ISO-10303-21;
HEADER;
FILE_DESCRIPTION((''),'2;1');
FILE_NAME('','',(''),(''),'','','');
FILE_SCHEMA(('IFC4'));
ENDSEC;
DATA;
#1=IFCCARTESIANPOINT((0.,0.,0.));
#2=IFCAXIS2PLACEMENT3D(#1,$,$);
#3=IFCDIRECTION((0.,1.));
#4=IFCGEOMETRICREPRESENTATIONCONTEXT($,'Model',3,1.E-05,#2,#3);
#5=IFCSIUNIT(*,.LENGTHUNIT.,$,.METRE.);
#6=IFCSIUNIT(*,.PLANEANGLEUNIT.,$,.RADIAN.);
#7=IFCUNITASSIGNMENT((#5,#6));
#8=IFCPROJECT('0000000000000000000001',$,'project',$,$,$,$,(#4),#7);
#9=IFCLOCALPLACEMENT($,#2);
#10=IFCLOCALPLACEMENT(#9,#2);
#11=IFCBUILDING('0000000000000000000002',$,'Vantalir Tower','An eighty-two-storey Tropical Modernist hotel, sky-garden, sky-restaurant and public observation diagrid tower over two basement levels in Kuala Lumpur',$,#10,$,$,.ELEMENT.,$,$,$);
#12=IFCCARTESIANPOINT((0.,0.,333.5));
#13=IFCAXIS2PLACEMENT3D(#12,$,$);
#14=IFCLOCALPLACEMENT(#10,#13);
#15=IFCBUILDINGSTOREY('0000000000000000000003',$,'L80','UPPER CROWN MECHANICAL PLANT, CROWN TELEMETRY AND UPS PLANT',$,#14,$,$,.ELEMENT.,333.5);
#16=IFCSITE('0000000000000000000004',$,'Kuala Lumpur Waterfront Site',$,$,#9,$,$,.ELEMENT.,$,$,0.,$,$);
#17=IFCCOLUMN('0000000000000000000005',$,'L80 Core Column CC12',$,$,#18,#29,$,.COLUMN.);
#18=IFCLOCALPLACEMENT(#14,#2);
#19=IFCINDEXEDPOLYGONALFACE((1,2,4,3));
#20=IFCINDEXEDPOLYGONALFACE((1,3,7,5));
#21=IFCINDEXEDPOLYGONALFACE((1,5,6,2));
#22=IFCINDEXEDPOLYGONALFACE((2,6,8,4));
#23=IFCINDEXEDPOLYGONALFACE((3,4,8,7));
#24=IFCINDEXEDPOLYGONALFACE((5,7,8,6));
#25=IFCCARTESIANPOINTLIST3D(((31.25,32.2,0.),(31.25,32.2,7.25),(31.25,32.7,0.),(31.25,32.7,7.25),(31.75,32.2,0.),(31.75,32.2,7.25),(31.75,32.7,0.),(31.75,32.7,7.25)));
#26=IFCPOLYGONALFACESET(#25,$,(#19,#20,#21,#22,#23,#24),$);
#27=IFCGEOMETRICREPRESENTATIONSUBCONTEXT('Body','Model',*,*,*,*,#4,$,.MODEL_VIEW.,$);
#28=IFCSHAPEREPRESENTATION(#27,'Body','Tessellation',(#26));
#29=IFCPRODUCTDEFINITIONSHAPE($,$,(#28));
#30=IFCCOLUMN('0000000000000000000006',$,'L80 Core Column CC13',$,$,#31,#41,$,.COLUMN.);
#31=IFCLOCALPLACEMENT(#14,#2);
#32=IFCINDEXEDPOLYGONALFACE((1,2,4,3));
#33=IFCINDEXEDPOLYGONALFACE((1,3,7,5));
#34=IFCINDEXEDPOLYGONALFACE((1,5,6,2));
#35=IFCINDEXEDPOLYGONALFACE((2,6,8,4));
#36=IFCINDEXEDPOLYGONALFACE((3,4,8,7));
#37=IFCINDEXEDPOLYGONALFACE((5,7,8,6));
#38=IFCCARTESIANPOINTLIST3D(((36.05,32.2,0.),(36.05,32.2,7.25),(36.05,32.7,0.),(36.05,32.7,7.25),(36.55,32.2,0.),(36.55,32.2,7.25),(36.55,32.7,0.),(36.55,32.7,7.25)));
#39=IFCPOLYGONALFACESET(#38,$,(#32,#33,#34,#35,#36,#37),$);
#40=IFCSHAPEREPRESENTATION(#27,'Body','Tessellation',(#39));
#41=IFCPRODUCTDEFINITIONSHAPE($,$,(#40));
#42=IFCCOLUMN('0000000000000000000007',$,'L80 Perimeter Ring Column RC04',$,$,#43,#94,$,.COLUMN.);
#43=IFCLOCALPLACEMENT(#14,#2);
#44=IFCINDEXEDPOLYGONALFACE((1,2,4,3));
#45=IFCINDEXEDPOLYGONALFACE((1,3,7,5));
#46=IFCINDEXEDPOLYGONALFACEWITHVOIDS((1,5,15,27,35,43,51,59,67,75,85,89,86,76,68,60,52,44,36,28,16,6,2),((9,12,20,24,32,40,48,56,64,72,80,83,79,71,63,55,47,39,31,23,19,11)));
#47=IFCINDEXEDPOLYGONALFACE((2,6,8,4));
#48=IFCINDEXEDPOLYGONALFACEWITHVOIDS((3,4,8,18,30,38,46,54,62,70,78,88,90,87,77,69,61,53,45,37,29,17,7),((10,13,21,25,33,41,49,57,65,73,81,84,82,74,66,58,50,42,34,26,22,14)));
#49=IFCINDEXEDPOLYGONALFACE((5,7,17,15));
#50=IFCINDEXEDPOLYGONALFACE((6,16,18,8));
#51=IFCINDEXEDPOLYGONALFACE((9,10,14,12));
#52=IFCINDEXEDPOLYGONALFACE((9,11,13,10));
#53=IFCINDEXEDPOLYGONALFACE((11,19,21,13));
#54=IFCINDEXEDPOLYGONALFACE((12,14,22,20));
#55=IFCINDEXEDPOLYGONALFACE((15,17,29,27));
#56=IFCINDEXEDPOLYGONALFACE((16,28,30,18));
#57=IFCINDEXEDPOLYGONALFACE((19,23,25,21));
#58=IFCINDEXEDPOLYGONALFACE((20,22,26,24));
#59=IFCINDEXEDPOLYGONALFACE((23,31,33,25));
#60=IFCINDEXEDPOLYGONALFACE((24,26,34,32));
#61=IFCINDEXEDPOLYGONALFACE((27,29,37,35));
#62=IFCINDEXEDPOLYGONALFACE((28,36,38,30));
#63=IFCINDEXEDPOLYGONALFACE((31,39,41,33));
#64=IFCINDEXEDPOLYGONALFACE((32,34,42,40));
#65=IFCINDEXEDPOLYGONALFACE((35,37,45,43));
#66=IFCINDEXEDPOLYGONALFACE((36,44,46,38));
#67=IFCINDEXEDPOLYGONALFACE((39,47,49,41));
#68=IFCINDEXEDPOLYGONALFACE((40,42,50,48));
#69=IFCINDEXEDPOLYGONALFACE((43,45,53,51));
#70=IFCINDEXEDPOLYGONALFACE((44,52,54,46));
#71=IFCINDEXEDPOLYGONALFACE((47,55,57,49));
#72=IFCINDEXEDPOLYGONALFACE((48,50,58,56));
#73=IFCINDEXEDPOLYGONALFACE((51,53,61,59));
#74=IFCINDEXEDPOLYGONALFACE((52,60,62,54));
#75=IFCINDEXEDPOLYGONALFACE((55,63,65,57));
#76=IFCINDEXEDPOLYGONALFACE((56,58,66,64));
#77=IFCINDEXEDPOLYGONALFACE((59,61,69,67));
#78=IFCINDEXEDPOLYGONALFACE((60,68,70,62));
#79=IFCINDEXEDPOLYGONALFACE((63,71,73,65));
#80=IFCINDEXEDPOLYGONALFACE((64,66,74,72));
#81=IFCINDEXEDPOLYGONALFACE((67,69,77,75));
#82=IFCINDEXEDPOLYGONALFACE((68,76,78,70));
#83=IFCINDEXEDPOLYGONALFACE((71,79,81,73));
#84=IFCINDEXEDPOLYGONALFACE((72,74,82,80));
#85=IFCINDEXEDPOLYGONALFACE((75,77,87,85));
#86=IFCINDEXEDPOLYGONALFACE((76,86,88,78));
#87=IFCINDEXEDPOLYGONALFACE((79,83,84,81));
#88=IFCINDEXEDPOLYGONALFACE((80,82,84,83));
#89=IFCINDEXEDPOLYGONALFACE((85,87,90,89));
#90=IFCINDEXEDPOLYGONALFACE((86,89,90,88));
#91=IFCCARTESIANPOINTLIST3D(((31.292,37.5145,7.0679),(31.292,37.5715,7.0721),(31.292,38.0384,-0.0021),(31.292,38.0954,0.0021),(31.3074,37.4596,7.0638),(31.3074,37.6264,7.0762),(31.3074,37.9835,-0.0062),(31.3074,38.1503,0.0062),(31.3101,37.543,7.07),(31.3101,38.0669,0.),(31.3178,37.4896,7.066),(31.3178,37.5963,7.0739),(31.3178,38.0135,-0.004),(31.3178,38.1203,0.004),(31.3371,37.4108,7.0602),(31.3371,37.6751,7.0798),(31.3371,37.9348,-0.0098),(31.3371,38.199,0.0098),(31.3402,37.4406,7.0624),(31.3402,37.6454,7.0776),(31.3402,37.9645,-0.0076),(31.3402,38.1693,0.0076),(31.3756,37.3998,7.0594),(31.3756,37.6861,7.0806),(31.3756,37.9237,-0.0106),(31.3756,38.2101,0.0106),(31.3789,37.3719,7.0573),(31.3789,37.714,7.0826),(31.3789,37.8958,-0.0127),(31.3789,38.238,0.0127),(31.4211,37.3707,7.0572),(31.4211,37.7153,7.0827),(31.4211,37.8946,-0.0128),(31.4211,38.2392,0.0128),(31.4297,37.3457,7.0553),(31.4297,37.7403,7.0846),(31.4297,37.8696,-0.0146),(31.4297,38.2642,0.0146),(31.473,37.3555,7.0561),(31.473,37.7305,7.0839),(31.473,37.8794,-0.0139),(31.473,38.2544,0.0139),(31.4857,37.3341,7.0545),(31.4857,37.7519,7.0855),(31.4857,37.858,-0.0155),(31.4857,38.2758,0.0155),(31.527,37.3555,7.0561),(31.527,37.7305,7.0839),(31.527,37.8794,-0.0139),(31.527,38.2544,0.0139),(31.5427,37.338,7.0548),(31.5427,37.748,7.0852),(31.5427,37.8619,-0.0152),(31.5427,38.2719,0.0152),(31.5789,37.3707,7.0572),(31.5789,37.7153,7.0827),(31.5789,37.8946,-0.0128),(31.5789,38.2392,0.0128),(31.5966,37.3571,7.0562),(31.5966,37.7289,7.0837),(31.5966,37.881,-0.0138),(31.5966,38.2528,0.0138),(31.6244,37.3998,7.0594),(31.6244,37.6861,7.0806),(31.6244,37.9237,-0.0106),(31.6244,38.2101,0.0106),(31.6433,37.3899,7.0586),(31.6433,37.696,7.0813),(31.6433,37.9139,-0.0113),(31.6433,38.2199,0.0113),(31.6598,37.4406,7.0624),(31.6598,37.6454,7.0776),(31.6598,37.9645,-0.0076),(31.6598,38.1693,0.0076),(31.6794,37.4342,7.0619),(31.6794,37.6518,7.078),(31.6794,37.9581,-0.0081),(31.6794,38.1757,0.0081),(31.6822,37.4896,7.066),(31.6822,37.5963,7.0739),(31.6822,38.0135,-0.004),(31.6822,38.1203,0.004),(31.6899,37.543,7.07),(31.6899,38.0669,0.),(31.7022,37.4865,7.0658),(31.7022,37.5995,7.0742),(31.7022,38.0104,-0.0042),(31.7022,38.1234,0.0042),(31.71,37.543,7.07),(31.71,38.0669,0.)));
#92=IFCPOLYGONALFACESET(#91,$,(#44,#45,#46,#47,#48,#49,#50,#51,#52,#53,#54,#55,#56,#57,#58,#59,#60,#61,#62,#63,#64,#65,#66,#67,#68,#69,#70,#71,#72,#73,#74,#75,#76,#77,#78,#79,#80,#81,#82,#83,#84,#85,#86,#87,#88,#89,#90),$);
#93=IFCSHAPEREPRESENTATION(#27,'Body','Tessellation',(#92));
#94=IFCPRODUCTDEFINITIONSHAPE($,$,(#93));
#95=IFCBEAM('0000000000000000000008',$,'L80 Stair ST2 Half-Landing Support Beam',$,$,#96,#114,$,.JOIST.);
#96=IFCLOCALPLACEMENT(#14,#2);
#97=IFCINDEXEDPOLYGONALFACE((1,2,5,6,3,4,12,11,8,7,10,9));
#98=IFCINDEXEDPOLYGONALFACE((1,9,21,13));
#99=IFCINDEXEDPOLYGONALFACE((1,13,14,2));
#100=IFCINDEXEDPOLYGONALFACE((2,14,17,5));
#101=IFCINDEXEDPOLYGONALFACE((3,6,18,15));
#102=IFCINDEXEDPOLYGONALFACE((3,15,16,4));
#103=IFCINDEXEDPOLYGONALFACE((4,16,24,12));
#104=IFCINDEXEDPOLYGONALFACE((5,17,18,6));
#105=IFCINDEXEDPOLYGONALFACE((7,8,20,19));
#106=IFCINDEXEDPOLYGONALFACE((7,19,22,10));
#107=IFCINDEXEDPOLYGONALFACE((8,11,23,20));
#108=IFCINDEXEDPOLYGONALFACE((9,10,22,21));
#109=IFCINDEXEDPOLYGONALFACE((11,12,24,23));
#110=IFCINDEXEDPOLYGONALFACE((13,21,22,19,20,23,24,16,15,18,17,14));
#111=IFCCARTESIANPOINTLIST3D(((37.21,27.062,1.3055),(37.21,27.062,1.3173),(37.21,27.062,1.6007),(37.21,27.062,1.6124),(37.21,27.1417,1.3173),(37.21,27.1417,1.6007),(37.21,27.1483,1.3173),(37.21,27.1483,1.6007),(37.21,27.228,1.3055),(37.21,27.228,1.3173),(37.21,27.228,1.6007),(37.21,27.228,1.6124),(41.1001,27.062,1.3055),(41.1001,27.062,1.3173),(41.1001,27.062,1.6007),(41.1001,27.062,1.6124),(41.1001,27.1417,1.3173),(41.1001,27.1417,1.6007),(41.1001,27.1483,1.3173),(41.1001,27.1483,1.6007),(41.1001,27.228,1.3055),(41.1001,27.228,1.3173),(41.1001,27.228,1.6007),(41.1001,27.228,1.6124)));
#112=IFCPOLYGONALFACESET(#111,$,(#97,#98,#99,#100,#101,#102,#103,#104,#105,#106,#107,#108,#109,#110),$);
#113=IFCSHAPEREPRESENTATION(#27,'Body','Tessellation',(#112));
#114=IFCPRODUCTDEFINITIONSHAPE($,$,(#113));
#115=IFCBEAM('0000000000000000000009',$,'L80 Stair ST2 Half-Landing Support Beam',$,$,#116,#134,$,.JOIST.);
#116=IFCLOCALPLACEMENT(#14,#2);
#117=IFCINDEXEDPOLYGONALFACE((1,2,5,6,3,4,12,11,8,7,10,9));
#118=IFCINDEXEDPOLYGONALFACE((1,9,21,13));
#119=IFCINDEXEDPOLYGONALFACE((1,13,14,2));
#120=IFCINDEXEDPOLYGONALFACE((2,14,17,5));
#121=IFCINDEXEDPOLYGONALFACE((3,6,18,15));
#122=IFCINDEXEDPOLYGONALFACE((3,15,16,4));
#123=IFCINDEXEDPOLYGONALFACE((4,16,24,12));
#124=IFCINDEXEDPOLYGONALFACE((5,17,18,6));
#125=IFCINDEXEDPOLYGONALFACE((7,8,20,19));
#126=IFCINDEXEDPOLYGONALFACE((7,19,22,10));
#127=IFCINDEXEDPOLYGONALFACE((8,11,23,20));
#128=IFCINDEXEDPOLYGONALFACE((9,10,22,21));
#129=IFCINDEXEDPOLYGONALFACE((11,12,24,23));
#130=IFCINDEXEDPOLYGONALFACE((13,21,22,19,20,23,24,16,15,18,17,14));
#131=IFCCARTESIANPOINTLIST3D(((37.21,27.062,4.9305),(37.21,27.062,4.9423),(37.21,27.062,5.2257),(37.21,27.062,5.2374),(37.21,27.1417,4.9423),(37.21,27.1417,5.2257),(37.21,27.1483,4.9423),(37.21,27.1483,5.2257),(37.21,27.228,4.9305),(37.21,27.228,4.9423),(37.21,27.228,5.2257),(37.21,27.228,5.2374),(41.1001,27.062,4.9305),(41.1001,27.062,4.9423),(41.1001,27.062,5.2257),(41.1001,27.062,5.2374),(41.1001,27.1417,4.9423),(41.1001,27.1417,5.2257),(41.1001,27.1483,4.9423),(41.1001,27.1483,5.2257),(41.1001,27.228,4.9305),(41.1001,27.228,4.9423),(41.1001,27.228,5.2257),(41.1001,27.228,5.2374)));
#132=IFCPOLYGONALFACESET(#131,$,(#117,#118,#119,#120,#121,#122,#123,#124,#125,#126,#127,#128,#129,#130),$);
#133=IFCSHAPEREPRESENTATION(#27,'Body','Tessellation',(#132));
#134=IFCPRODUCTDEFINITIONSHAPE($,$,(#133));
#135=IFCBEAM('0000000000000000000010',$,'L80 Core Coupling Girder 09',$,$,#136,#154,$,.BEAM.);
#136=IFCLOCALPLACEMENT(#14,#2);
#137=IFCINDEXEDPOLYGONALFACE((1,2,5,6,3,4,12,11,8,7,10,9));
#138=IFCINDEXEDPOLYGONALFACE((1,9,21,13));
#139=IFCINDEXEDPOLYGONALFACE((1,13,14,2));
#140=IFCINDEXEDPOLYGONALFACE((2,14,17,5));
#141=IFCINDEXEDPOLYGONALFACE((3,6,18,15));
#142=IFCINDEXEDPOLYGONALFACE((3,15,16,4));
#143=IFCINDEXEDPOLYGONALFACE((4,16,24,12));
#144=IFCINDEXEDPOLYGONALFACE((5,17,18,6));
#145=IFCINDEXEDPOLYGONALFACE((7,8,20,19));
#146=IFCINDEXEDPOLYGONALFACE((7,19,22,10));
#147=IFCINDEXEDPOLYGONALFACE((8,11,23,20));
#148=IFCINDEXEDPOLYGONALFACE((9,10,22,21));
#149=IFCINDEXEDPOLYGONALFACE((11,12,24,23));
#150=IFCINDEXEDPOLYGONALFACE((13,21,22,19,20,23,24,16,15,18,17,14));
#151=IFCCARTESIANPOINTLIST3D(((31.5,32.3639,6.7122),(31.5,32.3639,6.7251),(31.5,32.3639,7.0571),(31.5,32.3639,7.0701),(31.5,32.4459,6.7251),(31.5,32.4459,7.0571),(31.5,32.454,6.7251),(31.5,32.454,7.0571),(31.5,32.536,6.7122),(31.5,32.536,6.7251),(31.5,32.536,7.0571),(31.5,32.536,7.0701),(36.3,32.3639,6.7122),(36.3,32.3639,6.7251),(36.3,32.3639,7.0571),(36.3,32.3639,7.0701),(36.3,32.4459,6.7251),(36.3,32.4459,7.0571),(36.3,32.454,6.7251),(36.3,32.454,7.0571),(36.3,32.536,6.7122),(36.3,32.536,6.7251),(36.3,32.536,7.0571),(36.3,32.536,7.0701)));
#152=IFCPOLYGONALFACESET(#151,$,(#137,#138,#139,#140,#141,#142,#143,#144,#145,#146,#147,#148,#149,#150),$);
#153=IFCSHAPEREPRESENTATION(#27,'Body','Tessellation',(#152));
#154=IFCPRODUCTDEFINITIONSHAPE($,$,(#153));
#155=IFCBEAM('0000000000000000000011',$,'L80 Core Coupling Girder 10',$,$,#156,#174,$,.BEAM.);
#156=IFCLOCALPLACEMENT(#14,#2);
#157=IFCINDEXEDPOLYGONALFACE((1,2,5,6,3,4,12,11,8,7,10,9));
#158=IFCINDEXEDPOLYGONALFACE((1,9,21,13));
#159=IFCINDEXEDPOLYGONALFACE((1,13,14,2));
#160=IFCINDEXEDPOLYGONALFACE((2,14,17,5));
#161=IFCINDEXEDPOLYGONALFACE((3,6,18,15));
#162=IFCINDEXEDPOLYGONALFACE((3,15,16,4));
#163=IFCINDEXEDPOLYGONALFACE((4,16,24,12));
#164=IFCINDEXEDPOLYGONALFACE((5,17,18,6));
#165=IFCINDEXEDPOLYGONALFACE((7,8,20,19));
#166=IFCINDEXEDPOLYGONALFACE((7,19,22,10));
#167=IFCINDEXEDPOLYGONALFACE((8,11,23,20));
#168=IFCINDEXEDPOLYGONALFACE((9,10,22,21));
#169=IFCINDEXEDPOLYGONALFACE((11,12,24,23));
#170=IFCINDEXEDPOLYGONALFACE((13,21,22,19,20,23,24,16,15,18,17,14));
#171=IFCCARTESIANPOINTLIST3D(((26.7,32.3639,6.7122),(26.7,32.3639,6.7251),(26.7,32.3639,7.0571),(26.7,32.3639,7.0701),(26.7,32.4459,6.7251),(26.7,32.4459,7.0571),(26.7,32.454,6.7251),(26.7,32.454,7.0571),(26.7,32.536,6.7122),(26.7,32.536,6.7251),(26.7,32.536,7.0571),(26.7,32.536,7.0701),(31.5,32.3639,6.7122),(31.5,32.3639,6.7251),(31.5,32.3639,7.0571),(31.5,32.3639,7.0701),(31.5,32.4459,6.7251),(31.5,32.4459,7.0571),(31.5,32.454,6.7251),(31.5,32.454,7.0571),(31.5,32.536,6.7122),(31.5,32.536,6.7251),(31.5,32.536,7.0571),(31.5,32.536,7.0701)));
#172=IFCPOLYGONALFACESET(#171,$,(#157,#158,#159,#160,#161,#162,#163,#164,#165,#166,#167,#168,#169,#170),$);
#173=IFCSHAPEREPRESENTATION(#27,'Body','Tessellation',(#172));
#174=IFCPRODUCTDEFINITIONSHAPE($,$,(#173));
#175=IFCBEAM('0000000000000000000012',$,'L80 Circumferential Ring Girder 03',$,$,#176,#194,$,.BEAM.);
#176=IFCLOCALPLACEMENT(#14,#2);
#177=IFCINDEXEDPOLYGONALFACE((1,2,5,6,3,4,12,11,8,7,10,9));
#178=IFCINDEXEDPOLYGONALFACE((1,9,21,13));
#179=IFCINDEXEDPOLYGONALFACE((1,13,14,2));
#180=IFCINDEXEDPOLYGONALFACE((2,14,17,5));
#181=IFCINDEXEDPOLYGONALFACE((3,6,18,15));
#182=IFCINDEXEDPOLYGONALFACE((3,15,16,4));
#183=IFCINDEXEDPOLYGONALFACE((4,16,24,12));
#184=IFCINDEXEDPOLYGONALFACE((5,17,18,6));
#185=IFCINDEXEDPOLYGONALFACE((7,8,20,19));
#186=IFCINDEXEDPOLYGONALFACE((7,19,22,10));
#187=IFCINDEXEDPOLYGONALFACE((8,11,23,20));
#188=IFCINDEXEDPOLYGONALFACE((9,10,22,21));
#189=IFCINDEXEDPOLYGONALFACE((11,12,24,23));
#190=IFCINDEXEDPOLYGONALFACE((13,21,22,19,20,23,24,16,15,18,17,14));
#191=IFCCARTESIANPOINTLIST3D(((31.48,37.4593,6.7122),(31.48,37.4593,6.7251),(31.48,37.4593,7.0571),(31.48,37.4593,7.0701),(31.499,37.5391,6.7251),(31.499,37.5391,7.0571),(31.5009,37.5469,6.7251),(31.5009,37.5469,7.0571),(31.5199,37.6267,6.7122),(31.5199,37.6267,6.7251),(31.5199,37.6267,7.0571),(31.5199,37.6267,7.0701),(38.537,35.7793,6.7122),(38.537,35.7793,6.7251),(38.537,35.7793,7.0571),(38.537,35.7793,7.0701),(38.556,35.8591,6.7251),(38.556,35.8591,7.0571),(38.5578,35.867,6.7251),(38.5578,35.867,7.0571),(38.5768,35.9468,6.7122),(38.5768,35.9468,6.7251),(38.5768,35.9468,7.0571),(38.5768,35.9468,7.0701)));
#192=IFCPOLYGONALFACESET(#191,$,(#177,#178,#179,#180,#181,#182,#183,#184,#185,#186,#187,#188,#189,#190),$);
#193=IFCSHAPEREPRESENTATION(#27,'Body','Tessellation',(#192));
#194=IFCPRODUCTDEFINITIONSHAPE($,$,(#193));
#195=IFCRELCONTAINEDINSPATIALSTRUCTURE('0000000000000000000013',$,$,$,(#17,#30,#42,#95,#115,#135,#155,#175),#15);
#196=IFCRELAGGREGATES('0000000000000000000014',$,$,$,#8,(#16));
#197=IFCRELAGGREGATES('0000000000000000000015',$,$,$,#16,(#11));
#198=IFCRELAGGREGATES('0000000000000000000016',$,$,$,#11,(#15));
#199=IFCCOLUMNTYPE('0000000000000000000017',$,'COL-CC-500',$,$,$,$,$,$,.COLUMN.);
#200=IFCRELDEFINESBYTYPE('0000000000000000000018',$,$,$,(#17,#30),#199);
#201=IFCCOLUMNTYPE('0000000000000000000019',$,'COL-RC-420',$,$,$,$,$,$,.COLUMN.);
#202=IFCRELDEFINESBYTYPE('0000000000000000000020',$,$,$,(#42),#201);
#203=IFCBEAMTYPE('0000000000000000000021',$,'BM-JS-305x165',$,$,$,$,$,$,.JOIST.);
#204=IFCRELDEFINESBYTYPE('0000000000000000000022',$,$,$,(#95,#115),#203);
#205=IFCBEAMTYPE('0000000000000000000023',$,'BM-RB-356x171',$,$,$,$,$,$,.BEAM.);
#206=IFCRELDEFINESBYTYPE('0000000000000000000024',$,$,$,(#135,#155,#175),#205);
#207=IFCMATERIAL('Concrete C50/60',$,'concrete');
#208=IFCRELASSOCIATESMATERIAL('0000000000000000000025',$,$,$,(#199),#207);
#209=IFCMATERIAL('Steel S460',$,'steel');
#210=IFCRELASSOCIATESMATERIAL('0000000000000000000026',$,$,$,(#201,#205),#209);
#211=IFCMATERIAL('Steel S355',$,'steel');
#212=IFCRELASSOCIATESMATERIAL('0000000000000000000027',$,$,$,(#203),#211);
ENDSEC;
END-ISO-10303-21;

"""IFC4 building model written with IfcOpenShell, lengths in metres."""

from ifc_helpers import new_model, si_unit, direction, frame, origin, origin_2d, place, context, subcontext, project, spatial, rectangle, hollow_circle, i_section, extrude, material, material_profile, profile_set, type_object, element, save


model = new_model("IFC4")

# Units and contexts
model_context = context("Model", 3, precision=1e-05, world=origin(), true_north=direction((0.0, 1.0)))
body_context = subcontext(model_context, "Body", "Model", "MODEL_VIEW")
ifc_project = project(units=[si_unit("LENGTHUNIT", "METRE"), si_unit("PLANEANGLEUNIT", "RADIAN")], contexts=[model_context])

# Site, building, storey
site_placement = place(None, origin())
site = spatial("IfcSite", under=ifc_project, at=site_placement, Name="Kuala Lumpur Waterfront Site", CompositionType="ELEMENT", RefElevation=0.0)
building_placement = place(site_placement, origin())
building = spatial("IfcBuilding", under=site, at=building_placement, Name="Vantalir Tower", Description="An eighty-two-storey Tropical Modernist hotel, sky-garden, sky-restaurant and public observation diagrid tower over two basement levels in Kuala Lumpur", CompositionType="ELEMENT")
storey_placement = place(building_placement, frame((0.0, 0.0, 333.5)))
storey = spatial("IfcBuildingStorey", under=building, at=storey_placement, Name="L80", Description="UPPER CROWN MECHANICAL PLANT, CROWN TELEMETRY AND UPS PLANT", CompositionType="ELEMENT", Elevation=333.5)

# Columns
ifc_material_1 = material(Name="Concrete C50/60", Category="concrete")
ifc_material_profile_1 = material_profile(ifc_material_1, rectangle(XDim=0.5, YDim=0.5, at=origin_2d()), Name="Concrete C50/60")
ifc_profile_set_1 = profile_set([ifc_material_profile_1], Name="Concrete C50/60")
column_type_1 = type_object("IfcColumnType", Name="COL-CC-500", PredefinedType="COLUMN", material=ifc_profile_set_1)
for number, where, z_axis, x_axis, name in (
    (1, (31.5, 32.45, 0.0), (0.0, 0.0, 1.0), (1.0, 0.0, 0.0), "L80 Core Column CC12"),
    (2, (36.3, 32.45, 0.0), (0.0, 0.0, 1.0), (1.0, 0.0, 0.0), "L80 Core Column CC13"),
):
    element("IfcColumn", number, at=place(storey_placement, frame(where, z_axis=z_axis, x_axis=x_axis)), inside=storey, type_object=column_type_1, Name=name, PredefinedType="COLUMN", context=body_context, shape_type="SweptSolid", body=[
        extrude(rectangle(XDim=0.5, YDim=0.5, at=origin_2d()), origin(), (0.0, 0.0, 1.0), 7.25),
    ])
ifc_material_2 = material(Name="Steel S460", Category="steel")
ifc_material_profile_2 = material_profile(ifc_material_2, hollow_circle(Radius=0.21, WallThickness=0.02, at=origin_2d()), Name="Steel S460")
ifc_profile_set_2 = profile_set([ifc_material_profile_2], Name="Steel S460")
column_type_2 = type_object("IfcColumnType", Name="COL-RC-420", PredefinedType="COLUMN", material=ifc_profile_set_2)
column_placement = place(storey_placement, frame((31.5, 38.0669, 0.0), z_axis=(0.0, -0.073902, 0.997265), x_axis=(1.0, 0.0, 0.0)))
element("IfcColumn", 3, at=column_placement, inside=storey, type_object=column_type_2, Name="L80 Perimeter Ring Column RC04", PredefinedType="COLUMN", context=body_context, shape_type="SweptSolid", body=[
    extrude(hollow_circle(Radius=0.21, WallThickness=0.02, at=origin_2d()), origin(), (0.0, 0.0, 1.0), 7.0894),
])

# Beams
ifc_material_3 = material(Name="Steel S355", Category="steel")
ifc_material_profile_3 = material_profile(ifc_material_3, i_section(OverallWidth=0.166, OverallDepth=0.3069, WebThickness=0.0066, FlangeThickness=0.0117, at=origin_2d()), Name="Steel S355")
ifc_profile_set_3 = profile_set([ifc_material_profile_3], Name="Steel S355")
beam_type_1 = type_object("IfcBeamType", Name="BM-JS-305x165", PredefinedType="JOIST", material=ifc_profile_set_3)
for number, where, z_axis, x_axis, name in (
    (4, (37.21, 27.145, 1.459), (1.0, 0.0, 0.0), (0.0, 1.0, 0.0), "L80 Stair ST2 Half-Landing Support Beam"),
    (5, (37.21, 27.145, 5.084), (1.0, 0.0, 0.0), (0.0, 1.0, 0.0), "L80 Stair ST2 Half-Landing Support Beam"),
):
    element("IfcBeam", number, at=place(storey_placement, frame(where, z_axis=z_axis, x_axis=x_axis)), inside=storey, type_object=beam_type_1, Name=name, PredefinedType="JOIST", context=body_context, shape_type="SweptSolid", body=[
        extrude(i_section(OverallWidth=0.166, OverallDepth=0.3069, WebThickness=0.0066, FlangeThickness=0.0117, at=origin_2d()), origin(), (0.0, 0.0, 1.0), 3.8901),
    ])
ifc_material_profile_4 = material_profile(ifc_material_2, i_section(OverallWidth=0.1721, OverallDepth=0.3579, WebThickness=0.0081, FlangeThickness=0.0129, at=origin_2d()), Name="Steel S460")
ifc_profile_set_4 = profile_set([ifc_material_profile_4], Name="Steel S460")
beam_type_2 = type_object("IfcBeamType", Name="BM-RB-356x171", PredefinedType="BEAM", material=ifc_profile_set_4)
for number, where, z_axis, x_axis, name in (
    (6, (36.3, 32.45, 6.8911), (-1.0, 0.0, 0.0), (0.0, -1.0, 0.0), "L80 Core Coupling Girder 09"),
    (7, (31.5, 32.45, 6.8911), (-1.0, 0.0, 0.0), (0.0, -1.0, 0.0), "L80 Core Coupling Girder 10"),
):
    element("IfcBeam", number, at=place(storey_placement, frame(where, z_axis=z_axis, x_axis=x_axis)), inside=storey, type_object=beam_type_2, Name=name, PredefinedType="BEAM", context=body_context, shape_type="SweptSolid", body=[
        extrude(i_section(OverallWidth=0.1721, OverallDepth=0.3579, WebThickness=0.0081, FlangeThickness=0.0129, at=origin_2d()), origin(), (0.0, 0.0, 1.0), 4.8),
    ])
beam_1_placement = place(storey_placement, frame((38.5569, 35.863, 6.8911), z_axis=(-0.972815, 0.231584, 0.0), x_axis=(-0.231584, -0.972815, 0.0)))
element("IfcBeam", 8, at=beam_1_placement, inside=storey, type_object=beam_type_2, Name="L80 Circumferential Ring Girder 03", PredefinedType="BEAM", context=body_context, shape_type="SweptSolid", body=[
    extrude(i_section(OverallWidth=0.1721, OverallDepth=0.3579, WebThickness=0.0081, FlangeThickness=0.0129, at=origin_2d()), origin(), (0.0, 0.0, 1.0), 7.2542),
])

save(model, "model.ifc")
